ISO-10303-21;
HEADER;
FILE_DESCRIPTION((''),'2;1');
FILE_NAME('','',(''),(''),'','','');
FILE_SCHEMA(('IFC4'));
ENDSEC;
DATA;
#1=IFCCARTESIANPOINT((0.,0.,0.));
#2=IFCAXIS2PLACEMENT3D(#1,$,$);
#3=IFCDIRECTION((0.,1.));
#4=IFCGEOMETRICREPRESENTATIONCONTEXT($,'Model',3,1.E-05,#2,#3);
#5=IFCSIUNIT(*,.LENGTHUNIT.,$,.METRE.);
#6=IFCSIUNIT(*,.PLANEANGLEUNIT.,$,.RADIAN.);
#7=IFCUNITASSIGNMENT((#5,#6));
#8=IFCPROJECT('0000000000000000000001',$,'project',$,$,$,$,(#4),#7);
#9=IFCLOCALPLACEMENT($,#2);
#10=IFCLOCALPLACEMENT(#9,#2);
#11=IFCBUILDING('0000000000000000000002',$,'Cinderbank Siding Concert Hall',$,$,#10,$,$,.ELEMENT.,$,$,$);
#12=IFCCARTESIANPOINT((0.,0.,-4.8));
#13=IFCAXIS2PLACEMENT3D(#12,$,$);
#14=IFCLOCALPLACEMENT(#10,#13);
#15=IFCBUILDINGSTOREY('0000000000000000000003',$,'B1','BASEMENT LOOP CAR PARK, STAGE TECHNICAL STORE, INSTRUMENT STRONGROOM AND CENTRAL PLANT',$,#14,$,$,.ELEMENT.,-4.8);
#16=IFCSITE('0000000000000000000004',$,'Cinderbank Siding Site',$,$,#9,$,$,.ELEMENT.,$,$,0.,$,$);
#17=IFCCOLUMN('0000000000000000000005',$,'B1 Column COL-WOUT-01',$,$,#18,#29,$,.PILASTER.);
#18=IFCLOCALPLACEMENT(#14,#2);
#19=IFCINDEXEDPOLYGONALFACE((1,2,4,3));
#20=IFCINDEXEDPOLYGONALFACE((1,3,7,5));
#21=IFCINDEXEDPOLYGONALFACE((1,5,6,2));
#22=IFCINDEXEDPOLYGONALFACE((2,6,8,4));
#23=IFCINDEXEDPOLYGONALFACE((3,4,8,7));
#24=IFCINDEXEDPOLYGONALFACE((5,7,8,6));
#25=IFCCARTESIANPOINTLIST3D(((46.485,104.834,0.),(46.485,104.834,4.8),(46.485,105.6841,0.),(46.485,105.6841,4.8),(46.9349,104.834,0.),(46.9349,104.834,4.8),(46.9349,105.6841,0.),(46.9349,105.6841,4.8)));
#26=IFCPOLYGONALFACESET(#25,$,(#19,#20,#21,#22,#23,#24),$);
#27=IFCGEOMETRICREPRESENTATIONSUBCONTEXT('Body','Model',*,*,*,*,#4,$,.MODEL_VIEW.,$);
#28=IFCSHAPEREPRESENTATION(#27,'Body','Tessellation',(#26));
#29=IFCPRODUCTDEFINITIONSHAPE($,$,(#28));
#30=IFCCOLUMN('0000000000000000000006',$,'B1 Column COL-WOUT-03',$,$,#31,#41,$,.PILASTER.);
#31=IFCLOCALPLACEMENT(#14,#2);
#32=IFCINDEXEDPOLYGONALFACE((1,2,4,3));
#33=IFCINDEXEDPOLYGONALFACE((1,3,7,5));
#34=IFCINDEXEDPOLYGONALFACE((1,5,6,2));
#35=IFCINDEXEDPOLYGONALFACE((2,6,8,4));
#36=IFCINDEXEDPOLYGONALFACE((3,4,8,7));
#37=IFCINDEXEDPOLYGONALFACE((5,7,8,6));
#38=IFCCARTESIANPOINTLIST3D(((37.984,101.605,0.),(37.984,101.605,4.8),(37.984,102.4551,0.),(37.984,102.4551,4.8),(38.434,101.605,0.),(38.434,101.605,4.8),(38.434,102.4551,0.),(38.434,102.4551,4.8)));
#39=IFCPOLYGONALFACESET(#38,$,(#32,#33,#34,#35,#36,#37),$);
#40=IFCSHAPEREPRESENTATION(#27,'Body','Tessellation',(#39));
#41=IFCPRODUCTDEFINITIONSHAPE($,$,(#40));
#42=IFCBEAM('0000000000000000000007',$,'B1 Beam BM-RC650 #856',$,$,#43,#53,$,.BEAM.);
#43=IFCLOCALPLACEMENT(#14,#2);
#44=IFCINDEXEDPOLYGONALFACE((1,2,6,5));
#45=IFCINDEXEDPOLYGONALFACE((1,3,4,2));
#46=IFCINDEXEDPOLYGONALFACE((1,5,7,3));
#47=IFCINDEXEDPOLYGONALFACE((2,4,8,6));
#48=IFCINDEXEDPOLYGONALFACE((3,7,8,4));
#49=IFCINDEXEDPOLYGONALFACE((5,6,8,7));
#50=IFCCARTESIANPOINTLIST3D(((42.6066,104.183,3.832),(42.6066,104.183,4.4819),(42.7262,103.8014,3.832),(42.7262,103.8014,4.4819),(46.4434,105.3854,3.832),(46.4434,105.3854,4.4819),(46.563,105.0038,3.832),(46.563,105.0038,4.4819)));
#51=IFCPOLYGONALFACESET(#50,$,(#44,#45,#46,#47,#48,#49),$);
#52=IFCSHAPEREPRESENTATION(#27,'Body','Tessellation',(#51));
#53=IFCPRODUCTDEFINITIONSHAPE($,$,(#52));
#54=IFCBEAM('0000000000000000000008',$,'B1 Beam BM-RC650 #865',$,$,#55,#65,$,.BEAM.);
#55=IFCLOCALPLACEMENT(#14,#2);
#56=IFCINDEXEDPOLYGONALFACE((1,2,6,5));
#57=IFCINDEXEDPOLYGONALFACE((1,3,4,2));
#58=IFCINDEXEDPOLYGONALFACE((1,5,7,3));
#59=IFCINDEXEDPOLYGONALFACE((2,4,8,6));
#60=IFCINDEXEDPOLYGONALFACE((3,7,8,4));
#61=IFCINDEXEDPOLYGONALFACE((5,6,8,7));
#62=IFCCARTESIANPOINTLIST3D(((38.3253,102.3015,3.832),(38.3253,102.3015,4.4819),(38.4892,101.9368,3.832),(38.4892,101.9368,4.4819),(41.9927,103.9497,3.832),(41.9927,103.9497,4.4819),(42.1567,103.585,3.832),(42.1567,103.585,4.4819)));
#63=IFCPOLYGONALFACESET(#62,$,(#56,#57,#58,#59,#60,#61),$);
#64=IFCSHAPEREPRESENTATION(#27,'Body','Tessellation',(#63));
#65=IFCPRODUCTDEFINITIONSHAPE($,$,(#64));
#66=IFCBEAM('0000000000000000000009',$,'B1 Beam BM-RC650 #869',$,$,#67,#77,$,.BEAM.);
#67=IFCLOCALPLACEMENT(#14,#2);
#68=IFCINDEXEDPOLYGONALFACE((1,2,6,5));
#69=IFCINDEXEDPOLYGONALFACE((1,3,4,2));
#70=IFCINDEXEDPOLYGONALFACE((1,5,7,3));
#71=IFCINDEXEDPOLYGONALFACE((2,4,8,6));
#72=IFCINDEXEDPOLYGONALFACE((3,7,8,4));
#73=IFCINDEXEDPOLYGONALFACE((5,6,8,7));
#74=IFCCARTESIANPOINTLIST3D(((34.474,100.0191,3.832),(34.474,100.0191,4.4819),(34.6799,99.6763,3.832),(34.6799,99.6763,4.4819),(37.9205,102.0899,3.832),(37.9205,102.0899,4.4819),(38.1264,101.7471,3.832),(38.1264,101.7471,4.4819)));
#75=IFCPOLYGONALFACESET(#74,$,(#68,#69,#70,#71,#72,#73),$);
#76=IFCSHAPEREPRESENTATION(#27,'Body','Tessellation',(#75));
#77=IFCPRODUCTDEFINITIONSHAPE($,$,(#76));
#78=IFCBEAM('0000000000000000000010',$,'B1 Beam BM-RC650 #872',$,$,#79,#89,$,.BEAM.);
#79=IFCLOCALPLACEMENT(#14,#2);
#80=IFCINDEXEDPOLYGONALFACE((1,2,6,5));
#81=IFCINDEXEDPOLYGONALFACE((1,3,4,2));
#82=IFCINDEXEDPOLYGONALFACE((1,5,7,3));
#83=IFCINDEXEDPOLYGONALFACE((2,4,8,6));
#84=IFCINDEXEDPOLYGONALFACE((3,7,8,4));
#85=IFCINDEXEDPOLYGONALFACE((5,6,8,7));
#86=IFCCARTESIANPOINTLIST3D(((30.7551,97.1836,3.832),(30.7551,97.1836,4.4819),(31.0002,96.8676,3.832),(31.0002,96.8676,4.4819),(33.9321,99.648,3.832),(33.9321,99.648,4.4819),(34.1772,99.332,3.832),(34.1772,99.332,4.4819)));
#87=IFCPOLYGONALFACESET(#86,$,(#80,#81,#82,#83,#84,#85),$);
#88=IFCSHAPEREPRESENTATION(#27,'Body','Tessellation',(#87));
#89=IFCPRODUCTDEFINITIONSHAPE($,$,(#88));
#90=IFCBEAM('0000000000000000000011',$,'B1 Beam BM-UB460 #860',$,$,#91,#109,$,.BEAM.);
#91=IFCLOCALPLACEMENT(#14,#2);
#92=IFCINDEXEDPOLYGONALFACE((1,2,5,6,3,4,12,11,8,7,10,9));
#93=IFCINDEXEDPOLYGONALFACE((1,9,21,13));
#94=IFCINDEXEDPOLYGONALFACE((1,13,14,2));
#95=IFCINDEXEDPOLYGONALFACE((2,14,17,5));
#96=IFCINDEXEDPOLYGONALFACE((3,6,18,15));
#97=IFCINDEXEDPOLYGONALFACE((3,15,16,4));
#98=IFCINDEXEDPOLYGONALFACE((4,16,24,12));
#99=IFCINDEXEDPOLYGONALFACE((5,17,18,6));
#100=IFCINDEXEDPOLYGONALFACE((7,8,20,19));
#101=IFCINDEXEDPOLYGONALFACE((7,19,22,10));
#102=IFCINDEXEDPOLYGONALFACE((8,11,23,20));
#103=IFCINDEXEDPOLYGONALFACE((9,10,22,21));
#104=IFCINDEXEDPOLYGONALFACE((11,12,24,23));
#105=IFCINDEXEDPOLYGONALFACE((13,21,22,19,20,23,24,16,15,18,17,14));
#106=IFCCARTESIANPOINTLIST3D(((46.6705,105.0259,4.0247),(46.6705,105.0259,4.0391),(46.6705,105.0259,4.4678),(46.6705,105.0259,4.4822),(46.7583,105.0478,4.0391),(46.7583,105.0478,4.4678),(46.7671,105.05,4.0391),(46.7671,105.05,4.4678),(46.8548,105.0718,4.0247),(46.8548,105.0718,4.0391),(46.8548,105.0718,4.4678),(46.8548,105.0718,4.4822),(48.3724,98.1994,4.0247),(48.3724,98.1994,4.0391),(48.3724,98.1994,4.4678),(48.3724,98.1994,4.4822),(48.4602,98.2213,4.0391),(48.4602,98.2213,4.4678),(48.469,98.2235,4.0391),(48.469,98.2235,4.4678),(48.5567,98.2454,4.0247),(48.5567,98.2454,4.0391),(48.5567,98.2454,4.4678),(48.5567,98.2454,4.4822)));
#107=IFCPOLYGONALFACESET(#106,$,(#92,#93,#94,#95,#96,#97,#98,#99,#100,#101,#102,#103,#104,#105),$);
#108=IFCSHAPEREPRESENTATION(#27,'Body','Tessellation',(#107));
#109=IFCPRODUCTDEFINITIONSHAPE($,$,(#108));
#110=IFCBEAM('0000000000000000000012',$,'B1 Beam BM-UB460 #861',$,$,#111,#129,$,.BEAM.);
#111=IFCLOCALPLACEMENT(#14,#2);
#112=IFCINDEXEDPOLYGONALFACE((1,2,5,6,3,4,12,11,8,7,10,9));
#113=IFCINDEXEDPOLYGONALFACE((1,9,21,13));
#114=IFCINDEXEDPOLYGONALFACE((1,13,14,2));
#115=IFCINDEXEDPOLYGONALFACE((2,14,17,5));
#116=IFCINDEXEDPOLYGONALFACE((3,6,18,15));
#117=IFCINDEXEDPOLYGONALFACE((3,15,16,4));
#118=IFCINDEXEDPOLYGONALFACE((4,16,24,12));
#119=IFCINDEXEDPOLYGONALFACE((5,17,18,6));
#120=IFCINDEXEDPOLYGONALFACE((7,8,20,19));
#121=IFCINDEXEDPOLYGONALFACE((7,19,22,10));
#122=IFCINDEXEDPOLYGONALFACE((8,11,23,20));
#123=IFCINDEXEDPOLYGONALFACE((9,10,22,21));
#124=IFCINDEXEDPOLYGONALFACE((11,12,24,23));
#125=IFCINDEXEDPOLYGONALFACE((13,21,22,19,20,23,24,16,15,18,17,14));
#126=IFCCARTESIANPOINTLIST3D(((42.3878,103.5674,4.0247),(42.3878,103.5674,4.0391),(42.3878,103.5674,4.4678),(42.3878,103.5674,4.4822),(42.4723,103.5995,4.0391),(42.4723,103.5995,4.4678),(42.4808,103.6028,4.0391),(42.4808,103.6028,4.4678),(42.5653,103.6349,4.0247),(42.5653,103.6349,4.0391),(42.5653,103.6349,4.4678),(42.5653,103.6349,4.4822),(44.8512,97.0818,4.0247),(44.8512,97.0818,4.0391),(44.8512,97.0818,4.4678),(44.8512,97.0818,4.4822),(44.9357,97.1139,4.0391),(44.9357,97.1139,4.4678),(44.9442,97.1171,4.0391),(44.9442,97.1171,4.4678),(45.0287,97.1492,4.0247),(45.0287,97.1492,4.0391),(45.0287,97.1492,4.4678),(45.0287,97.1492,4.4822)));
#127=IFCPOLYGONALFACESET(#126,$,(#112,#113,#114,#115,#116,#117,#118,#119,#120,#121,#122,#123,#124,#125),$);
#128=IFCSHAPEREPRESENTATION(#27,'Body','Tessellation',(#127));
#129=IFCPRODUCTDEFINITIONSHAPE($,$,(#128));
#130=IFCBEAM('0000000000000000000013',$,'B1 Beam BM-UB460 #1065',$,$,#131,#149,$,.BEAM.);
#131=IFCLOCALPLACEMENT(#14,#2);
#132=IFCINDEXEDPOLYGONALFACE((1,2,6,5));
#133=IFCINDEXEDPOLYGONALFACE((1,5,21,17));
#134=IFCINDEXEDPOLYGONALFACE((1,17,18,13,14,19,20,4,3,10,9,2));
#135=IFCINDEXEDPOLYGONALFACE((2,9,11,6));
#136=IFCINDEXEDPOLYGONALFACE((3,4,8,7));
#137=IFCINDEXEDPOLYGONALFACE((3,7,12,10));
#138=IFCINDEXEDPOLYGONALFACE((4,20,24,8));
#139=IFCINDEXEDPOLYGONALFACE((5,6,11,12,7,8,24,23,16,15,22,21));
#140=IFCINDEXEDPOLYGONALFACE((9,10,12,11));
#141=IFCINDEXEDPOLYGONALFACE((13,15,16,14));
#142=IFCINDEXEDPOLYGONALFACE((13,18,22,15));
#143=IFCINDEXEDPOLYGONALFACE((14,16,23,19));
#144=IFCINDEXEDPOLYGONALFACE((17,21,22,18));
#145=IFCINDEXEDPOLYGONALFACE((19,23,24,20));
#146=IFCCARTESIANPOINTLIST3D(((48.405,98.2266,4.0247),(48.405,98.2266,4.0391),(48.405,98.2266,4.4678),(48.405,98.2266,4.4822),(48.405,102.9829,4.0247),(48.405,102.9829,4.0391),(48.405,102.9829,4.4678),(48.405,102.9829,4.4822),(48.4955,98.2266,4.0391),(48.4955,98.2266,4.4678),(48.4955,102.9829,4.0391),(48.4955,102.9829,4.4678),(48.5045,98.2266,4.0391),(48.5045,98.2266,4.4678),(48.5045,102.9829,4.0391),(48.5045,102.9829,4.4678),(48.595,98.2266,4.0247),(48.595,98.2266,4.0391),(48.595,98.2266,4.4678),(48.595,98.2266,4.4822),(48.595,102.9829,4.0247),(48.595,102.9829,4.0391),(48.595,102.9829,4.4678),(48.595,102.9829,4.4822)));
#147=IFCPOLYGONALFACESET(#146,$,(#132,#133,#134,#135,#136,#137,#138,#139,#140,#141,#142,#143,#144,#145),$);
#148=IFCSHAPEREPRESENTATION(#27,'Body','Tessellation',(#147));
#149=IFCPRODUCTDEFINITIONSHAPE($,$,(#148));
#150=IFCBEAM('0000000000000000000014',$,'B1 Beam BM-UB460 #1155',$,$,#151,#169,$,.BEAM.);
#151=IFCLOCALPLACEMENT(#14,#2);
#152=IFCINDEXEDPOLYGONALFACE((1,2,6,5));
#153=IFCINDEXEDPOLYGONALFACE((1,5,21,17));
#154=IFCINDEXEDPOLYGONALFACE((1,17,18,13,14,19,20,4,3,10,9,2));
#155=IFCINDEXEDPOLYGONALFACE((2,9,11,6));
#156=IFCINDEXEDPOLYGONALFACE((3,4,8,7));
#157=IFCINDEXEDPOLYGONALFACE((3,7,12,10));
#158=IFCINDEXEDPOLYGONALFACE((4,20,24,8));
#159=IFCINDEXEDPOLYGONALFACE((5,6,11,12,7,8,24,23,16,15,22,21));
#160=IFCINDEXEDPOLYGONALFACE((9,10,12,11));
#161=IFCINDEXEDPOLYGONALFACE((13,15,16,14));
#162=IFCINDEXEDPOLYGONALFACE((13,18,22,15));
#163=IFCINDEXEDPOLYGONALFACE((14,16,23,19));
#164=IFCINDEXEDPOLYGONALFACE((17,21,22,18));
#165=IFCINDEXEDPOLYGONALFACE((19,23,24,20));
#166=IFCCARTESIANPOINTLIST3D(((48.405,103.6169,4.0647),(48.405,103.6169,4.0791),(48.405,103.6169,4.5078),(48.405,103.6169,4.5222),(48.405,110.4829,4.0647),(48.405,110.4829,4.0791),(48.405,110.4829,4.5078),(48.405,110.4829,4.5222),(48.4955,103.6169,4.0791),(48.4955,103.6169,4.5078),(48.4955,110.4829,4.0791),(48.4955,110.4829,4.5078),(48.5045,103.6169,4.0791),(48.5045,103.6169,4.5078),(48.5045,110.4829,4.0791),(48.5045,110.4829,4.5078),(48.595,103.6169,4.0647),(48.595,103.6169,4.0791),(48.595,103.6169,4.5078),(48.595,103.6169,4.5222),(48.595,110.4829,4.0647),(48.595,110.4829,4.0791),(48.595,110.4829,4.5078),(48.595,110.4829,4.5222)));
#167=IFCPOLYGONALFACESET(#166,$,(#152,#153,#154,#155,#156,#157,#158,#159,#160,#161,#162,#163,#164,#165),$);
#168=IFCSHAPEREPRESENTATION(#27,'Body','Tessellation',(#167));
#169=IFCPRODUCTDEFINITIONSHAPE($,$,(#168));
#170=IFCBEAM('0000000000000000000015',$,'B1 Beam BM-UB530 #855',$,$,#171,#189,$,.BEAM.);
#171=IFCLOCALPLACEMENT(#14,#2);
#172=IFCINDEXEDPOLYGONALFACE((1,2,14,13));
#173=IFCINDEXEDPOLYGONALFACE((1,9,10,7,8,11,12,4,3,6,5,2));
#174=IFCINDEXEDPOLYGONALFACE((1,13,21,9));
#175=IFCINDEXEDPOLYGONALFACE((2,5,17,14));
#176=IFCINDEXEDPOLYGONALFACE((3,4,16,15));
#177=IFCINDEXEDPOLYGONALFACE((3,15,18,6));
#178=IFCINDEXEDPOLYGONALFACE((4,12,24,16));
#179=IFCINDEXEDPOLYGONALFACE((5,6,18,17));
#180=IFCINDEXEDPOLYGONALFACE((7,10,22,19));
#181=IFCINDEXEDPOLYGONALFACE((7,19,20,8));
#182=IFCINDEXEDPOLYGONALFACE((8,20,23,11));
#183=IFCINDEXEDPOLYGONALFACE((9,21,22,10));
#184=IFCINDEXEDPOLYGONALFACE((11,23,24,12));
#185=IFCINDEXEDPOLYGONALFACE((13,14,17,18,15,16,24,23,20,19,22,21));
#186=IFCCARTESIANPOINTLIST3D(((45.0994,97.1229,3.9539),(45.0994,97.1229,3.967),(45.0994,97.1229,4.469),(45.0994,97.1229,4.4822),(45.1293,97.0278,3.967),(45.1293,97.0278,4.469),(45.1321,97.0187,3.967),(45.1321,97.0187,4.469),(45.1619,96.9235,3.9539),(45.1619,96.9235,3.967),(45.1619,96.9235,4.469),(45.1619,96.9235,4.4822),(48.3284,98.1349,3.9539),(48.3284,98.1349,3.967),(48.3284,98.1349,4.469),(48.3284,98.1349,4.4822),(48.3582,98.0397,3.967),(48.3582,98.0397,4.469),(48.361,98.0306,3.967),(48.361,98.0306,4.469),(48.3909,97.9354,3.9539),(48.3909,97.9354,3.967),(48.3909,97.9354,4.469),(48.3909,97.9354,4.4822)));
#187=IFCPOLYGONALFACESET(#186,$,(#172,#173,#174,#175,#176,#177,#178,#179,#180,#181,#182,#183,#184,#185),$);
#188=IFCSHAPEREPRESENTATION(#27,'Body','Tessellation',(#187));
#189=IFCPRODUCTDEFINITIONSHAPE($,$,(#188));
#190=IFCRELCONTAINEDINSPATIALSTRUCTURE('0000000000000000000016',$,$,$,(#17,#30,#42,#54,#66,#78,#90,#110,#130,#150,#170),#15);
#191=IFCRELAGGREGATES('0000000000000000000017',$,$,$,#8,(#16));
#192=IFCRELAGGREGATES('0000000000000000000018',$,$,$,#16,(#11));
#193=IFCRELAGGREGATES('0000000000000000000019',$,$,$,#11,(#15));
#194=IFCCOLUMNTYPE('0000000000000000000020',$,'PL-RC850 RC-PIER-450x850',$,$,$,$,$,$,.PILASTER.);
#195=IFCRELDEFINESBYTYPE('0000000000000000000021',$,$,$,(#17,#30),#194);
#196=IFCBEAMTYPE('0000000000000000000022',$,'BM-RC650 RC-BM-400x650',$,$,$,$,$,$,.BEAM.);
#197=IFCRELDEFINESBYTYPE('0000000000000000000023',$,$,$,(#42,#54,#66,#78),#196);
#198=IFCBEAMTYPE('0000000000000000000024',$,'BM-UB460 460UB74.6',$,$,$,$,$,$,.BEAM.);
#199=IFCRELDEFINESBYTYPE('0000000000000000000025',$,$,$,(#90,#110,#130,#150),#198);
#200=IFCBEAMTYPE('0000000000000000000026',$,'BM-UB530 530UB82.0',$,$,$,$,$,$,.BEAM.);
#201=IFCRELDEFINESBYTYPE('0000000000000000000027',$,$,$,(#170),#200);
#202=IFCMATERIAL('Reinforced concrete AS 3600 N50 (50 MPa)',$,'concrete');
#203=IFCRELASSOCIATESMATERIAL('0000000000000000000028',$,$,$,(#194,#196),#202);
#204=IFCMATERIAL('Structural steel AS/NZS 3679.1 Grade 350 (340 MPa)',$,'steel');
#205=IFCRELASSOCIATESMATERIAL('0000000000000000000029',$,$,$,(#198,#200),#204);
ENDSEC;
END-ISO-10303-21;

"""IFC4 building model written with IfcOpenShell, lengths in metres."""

from ifc_helpers import new_model, si_unit, direction, frame, origin, origin_2d, place, context, subcontext, project, spatial, rectangle, i_section, extrude, material, material_profile, profile_set, type_object, element, save


model = new_model("IFC4")

# Units and contexts
model_context = context("Model", 3, precision=1e-05, world=origin(), true_north=direction((0.0, 1.0)))
body_context = subcontext(model_context, "Body", "Model", "MODEL_VIEW")
ifc_project = project(units=[si_unit("LENGTHUNIT", "METRE"), si_unit("PLANEANGLEUNIT", "RADIAN")], contexts=[model_context])

# Site, building, storey
site_placement = place(None, origin())
site = spatial("IfcSite", under=ifc_project, at=site_placement, Name="Cinderbank Siding Site", CompositionType="ELEMENT", RefElevation=0.0)
building_placement = place(site_placement, origin())
building = spatial("IfcBuilding", under=site, at=building_placement, Name="Cinderbank Siding Concert Hall", CompositionType="ELEMENT")
storey_placement = place(building_placement, frame((0.0, 0.0, -4.8)))
storey = spatial("IfcBuildingStorey", under=building, at=storey_placement, Name="B1", Description="BASEMENT LOOP CAR PARK, STAGE TECHNICAL STORE, INSTRUMENT STRONGROOM AND CENTRAL PLANT", CompositionType="ELEMENT", Elevation=-4.8)

# Columns
ifc_material_1 = material(Name="Reinforced concrete AS 3600 N50 (50 MPa)", Category="concrete")
ifc_material_2 = material(Name="Structural steel AS/NZS 3679.1 Grade 350 (340 MPa)", Category="steel")
ifc_material_profile_1 = material_profile(ifc_material_1, rectangle(XDim=0.45, YDim=0.8501, at=origin_2d()), Name="RC-PIER-450x850", Category="LoadBearing")
ifc_profile_set_1 = profile_set([ifc_material_profile_1], Name="Reinforced concrete AS 3600 N50 (50 MPa)")
column_type_1 = type_object("IfcColumnType", Name="PL-RC850 RC-PIER-450x850", PredefinedType="PILASTER", material=ifc_profile_set_1)
for number, where, z_axis, x_axis, name in (
    (1, (46.71, 105.259, 0.0), (0.0, 0.0, 1.0), (1.0, 0.0, 0.0), "B1 Column COL-WOUT-01"),
    (2, (38.209, 102.03, 0.0), (0.0, 0.0, 1.0), (1.0, 0.0, 0.0), "B1 Column COL-WOUT-03"),
):
    element("IfcColumn", number, at=place(storey_placement, frame(where, z_axis=z_axis, x_axis=x_axis)), inside=storey, type_object=column_type_1, Name=name, PredefinedType="PILASTER", context=body_context, shape_type="SweptSolid", body=[
        extrude(rectangle(XDim=0.45, YDim=0.8501, at=origin_2d()), origin(), (0.0, 0.0, 1.0), 4.8),
    ])

# Beams
ifc_material_profile_2 = material_profile(ifc_material_1, rectangle(XDim=0.3999, YDim=0.6499, at=origin_2d()), Name="RC-BM-400x650", Category="LoadBearing")
ifc_profile_set_2 = profile_set([ifc_material_profile_2], Name="Reinforced concrete AS 3600 N50 (50 MPa)")
beam_type_1 = type_object("IfcBeamType", Name="BM-RC650 RC-BM-400x650", PredefinedType="BEAM", material=ifc_profile_set_2)
for number, where, z_axis, x_axis, name in (
    (3, (46.5032, 105.1946, 4.157), (-0.954237, -0.299053, 0.0), (0.299053, -0.954237, 0.0), "B1 Beam BM-RC650 #856"),
    (4, (42.0747, 103.7673, 4.157), (-0.912124, -0.409915, 0.0), (0.409915, -0.912124, 0.0), "B1 Beam BM-RC650 #865"),
    (5, (38.0234, 101.9185, 4.157), (-0.857177, -0.515022, 0.0), (0.515022, -0.857177, 0.0), "B1 Beam BM-RC650 #869"),
    (6, (34.0547, 99.49, 4.157), (-0.790153, -0.61291, 0.0), (0.61291, -0.790153, 0.0), "B1 Beam BM-RC650 #872"),
):
    element("IfcBeam", number, at=place(storey_placement, frame(where, z_axis=z_axis, x_axis=x_axis)), inside=storey, type_object=beam_type_1, Name=name, PredefinedType="BEAM", context=body_context, shape_type="SweptSolid", body=[
        extrude(rectangle(XDim=0.3999, YDim=0.6499, at=origin_2d()), origin(), (0.0, 0.0, 1.0), 4.0208),
    ])
ifc_material_profile_3 = material_profile(ifc_material_2, i_section(OverallWidth=0.1899, OverallDepth=0.4575, WebThickness=0.009, FlangeThickness=0.0144, at=origin_2d()), Name="460UB74.6", Category="LoadBearing")
ifc_profile_set_3 = profile_set([ifc_material_profile_3], Name="Structural steel AS/NZS 3679.1 Grade 350 (340 MPa)")
beam_type_2 = type_object("IfcBeamType", Name="BM-UB460 460UB74.6", PredefinedType="BEAM", material=ifc_profile_set_3)
beam_1_placement = place(storey_placement, frame((48.4646, 98.2224, 4.2534), z_axis=(-0.241907, 0.970299, 0.0), x_axis=(-0.970299, -0.241907, 0.0)))
element("IfcBeam", 7, at=beam_1_placement, inside=storey, type_object=beam_type_2, Name="B1 Beam BM-UB460 #860", PredefinedType="BEAM", context=body_context, shape_type="SweptSolid", body=[
    extrude(i_section(OverallWidth=0.1899, OverallDepth=0.4575, WebThickness=0.009, FlangeThickness=0.0144, at=origin_2d()), origin(), (0.0, 0.0, 1.0), 7.0354),
])
beam_2_placement = place(storey_placement, frame((44.9399, 97.1155, 4.2534), z_axis=(-0.355073, 0.934838, 0.0), x_axis=(-0.934838, -0.355073, 0.0)))
element("IfcBeam", 8, at=beam_2_placement, inside=storey, type_object=beam_type_2, Name="B1 Beam BM-UB460 #861", PredefinedType="BEAM", context=body_context, shape_type="SweptSolid", body=[
    extrude(i_section(OverallWidth=0.1899, OverallDepth=0.4575, WebThickness=0.009, FlangeThickness=0.0144, at=origin_2d()), origin(), (0.0, 0.0, 1.0), 6.9377),
])
beam_3_placement = place(storey_placement, frame((48.5, 98.2266, 4.2534), z_axis=(0.0, 1.0, 0.0), x_axis=(-1.0, 0.0, 0.0)))
element("IfcBeam", 9, at=beam_3_placement, inside=storey, type_object=beam_type_2, Name="B1 Beam BM-UB460 #1065", PredefinedType="BEAM", context=body_context, shape_type="SweptSolid", body=[
    extrude(i_section(OverallWidth=0.1899, OverallDepth=0.4575, WebThickness=0.009, FlangeThickness=0.0144, at=origin_2d()), origin(), (0.0, 0.0, 1.0), 4.7563),
])
beam_4_placement = place(storey_placement, frame((48.5, 103.6169, 4.2935), z_axis=(0.0, 1.0, 0.0), x_axis=(-1.0, 0.0, 0.0)))
element("IfcBeam", 10, at=beam_4_placement, inside=storey, type_object=beam_type_2, Name="B1 Beam BM-UB460 #1155", PredefinedType="BEAM", context=body_context, shape_type="SweptSolid", body=[
    extrude(i_section(OverallWidth=0.1899, OverallDepth=0.4575, WebThickness=0.009, FlangeThickness=0.0144, at=origin_2d()), origin(), (0.0, 0.0, 1.0), 6.866),
])
ifc_material_profile_4 = material_profile(ifc_material_2, i_section(OverallWidth=0.209, OverallDepth=0.5283, WebThickness=0.0095, FlangeThickness=0.0132, at=origin_2d()), Name="530UB82.0", Category="LoadBearing")
ifc_profile_set_4 = profile_set([ifc_material_profile_4], Name="Structural steel AS/NZS 3679.1 Grade 350 (340 MPa)")
beam_type_3 = type_object("IfcBeamType", Name="BM-UB530 530UB82.0", PredefinedType="BEAM", material=ifc_profile_set_4)
beam_5_placement = place(storey_placement, frame((48.3596, 98.0352, 4.218), z_axis=(-0.954236, -0.299055, 0.0), x_axis=(0.299055, -0.954236, 0.0)))
element("IfcBeam", 11, at=beam_5_placement, inside=storey, type_object=beam_type_3, Name="B1 Beam BM-UB530 #855", PredefinedType="BEAM", context=body_context, shape_type="SweptSolid", body=[
    extrude(i_section(OverallWidth=0.209, OverallDepth=0.5283, WebThickness=0.0095, FlangeThickness=0.0132, at=origin_2d()), origin(), (0.0, 0.0, 1.0), 3.3838),
])

save(model, "model.ifc")
